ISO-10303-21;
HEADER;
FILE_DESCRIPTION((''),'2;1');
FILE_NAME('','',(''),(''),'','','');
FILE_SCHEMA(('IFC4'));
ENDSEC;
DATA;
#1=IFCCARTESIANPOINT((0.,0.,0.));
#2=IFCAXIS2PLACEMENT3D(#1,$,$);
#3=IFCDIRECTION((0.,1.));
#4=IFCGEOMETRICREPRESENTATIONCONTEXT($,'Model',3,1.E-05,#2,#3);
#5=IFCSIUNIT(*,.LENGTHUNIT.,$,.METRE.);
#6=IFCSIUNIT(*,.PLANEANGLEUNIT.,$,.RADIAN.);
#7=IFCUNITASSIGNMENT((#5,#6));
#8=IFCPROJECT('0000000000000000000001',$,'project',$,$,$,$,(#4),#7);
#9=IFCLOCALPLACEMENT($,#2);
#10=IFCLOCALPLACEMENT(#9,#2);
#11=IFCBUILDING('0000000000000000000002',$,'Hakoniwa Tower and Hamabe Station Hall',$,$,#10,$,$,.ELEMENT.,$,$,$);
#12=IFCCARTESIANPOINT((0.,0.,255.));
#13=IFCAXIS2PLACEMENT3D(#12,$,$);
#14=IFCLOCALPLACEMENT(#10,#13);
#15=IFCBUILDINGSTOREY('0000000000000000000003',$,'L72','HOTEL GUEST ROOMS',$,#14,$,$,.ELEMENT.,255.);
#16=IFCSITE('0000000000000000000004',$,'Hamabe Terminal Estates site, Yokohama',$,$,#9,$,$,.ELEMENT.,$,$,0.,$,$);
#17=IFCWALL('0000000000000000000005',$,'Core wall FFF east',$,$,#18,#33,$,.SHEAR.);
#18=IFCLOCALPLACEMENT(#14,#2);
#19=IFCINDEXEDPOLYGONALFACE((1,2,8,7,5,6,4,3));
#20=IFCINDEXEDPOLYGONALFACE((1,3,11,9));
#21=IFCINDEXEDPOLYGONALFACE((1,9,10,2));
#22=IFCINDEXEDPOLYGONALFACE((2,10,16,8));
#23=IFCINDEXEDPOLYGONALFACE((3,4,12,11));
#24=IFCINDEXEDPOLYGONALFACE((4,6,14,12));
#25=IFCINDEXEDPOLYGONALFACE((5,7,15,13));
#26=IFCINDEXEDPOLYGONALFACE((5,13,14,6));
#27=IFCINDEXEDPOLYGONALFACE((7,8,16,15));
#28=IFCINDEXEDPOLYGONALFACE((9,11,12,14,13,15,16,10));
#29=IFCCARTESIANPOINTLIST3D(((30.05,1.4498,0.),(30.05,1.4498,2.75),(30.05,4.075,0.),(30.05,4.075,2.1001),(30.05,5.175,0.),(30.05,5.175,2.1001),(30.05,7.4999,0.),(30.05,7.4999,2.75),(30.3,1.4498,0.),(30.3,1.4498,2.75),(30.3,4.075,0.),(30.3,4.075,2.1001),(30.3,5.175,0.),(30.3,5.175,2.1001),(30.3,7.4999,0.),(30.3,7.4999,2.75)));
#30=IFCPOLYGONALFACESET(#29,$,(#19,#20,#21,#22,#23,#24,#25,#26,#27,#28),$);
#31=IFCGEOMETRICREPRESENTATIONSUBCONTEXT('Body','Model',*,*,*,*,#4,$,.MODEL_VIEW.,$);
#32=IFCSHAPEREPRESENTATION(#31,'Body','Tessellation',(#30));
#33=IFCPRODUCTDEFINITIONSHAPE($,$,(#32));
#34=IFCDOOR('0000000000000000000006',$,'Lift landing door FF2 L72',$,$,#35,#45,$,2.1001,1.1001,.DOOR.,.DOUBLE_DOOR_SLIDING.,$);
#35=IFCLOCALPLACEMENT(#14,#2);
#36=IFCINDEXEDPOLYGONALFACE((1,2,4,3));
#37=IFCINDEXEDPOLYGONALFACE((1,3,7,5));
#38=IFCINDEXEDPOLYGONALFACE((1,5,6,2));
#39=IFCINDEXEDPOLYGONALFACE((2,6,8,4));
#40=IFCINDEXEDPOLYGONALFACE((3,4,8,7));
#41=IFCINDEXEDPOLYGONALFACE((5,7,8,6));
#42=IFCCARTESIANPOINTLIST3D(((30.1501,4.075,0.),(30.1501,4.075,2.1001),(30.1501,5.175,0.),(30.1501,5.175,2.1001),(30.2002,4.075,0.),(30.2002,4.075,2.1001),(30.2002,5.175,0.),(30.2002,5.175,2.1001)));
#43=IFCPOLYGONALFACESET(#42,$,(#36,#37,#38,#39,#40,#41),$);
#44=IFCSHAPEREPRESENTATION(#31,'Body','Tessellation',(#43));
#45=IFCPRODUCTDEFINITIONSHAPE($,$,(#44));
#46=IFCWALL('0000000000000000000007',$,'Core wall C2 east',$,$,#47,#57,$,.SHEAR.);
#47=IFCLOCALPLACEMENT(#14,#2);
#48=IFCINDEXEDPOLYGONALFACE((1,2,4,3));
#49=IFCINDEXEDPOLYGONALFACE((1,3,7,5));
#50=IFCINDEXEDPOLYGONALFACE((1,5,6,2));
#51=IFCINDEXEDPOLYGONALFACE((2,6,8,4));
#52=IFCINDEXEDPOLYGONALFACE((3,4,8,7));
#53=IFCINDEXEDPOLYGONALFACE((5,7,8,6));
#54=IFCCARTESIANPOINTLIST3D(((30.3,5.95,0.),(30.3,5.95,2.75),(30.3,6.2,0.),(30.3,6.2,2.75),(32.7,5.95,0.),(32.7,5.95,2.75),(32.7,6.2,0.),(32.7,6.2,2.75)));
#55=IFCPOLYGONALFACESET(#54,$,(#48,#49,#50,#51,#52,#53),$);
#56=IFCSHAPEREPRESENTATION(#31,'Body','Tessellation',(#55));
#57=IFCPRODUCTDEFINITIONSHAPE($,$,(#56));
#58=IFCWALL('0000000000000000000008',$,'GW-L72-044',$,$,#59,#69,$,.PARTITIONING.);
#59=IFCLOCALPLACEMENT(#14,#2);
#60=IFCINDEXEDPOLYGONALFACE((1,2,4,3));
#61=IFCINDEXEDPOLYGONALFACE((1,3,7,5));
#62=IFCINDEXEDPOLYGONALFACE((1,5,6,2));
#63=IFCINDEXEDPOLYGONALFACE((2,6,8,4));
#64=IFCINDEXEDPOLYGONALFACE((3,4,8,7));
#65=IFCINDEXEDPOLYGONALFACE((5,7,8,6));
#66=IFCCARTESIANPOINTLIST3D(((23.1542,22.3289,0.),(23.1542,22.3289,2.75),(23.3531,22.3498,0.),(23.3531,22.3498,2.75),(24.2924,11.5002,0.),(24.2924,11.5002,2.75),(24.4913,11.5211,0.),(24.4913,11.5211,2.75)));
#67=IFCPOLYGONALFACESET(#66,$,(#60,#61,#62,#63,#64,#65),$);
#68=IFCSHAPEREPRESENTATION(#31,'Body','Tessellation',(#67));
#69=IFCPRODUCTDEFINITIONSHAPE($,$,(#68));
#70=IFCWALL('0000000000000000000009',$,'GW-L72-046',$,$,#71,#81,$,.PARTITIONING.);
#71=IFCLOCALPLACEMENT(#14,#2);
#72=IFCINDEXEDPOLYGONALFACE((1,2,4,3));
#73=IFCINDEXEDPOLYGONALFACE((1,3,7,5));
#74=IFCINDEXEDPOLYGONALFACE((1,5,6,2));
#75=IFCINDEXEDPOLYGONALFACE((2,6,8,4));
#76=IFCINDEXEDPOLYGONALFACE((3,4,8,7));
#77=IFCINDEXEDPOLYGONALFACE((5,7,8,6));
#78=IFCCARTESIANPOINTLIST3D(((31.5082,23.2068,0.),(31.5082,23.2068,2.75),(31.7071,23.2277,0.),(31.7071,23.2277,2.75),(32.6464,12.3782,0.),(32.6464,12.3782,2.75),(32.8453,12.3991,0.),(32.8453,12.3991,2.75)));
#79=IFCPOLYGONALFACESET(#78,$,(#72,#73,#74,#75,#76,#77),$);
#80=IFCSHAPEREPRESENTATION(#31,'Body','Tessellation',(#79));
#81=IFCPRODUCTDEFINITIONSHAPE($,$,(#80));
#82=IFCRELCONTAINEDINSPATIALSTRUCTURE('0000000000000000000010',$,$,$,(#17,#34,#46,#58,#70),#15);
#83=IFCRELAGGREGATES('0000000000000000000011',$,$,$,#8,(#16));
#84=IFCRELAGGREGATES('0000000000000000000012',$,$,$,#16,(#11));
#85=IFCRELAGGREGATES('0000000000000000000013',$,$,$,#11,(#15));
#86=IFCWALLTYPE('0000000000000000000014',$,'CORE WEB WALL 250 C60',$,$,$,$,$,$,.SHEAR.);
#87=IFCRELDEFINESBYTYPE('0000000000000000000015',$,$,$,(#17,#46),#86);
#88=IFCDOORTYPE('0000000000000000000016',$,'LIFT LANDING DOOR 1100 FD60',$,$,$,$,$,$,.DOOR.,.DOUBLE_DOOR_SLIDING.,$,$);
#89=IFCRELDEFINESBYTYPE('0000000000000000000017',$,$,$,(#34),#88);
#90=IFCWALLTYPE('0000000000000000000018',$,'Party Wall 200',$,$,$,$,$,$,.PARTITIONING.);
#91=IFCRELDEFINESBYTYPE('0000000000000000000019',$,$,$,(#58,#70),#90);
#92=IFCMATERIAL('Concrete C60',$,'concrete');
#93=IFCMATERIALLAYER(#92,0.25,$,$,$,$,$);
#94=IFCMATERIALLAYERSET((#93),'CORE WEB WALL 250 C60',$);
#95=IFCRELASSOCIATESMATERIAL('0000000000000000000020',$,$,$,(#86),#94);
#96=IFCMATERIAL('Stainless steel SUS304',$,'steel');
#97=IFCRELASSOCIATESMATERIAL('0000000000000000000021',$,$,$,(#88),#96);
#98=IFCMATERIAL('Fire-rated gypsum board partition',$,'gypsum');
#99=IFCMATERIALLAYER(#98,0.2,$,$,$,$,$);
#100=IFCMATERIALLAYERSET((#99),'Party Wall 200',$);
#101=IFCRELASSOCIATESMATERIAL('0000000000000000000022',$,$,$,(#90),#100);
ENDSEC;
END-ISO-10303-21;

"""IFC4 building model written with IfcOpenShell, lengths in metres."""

from ifc_helpers import new_model, si_unit, direction, frame, frame_2d, origin, place, context, subcontext, project, spatial, rectangle, extrude, material, layer, layer_set, type_object, element, fill, save


model = new_model("IFC4")

# Units and contexts
model_context = context("Model", 3, precision=1e-05, world=origin(), true_north=direction((0.0, 1.0)))
body_context = subcontext(model_context, "Body", "Model", "MODEL_VIEW")
ifc_project = project(units=[si_unit("LENGTHUNIT", "METRE"), si_unit("PLANEANGLEUNIT", "RADIAN")], contexts=[model_context])

# Site, building, storey
site_placement = place(None, origin())
site = spatial("IfcSite", under=ifc_project, at=site_placement, Name="Hamabe Terminal Estates site, Yokohama", CompositionType="ELEMENT", RefElevation=0.0)
building_placement = place(site_placement, origin())
building = spatial("IfcBuilding", under=site, at=building_placement, Name="Hakoniwa Tower and Hamabe Station Hall", CompositionType="ELEMENT")
storey_placement = place(building_placement, frame((0.0, 0.0, 255.0)))
storey = spatial("IfcBuildingStorey", under=building, at=storey_placement, Name="L72", Description="HOTEL GUEST ROOMS", CompositionType="ELEMENT", Elevation=255.0)

# Shared definitions
ifc_material_1 = material(Name="Concrete C60", Category="concrete")
ifc_layer_1 = layer(ifc_material_1, 0.25)
ifc_layer_set_1 = layer_set([ifc_layer_1], Name="CORE WEB WALL 250 C60")
wall_type_1 = type_object("IfcWallType", Name="CORE WEB WALL 250 C60", PredefinedType="SHEAR", material=ifc_layer_set_1)

# Wall, opening, door
wall_1_placement = place(storey_placement, frame((30.175, 1.45, 0.0), z_axis=(0.0, 0.0, 1.0), x_axis=(0.0, 1.0, 0.0)))
wall_1 = element("IfcWall", 1, at=wall_1_placement, inside=storey, type_object=wall_type_1, Name="Core wall FFF east", PredefinedType="SHEAR", context=body_context, shape_type="SweptSolid", body=[
    extrude(rectangle(XDim=6.05, YDim=0.25, at=frame_2d((3.0249, 0.0))), origin(), (0.0, 0.0, 1.0), 2.75),
])
opening_1_placement = place(wall_1_placement, frame((2.625, 0.0, 0.0)))
opening_1 = element("IfcOpeningElement", 2, at=opening_1_placement, cuts=wall_1, PredefinedType="OPENING", context=body_context, shape_type="SweptSolid", body=[
    extrude(rectangle(XDim=1.1001, YDim=2.1001, at=frame_2d((0.55, 1.05))), frame((0.0, 0.135, 0.0), z_axis=(0.0, -1.0, 0.0), x_axis=(1.0, 0.0, 0.0)), (0.0, 0.0, 1.0), 0.27),
])
ifc_material_2 = material(Name="Stainless steel SUS304", Category="steel")
door_type_1 = type_object("IfcDoorType", Name="LIFT LANDING DOOR 1100 FD60", OperationType="DOUBLE_DOOR_SLIDING", PredefinedType="DOOR", material=ifc_material_2)
door_1_placement = place(opening_1_placement, origin())
door_1 = element("IfcDoor", 3, at=door_1_placement, inside=storey, type_object=door_type_1, Name="Lift landing door FF2 L72", OperationType="DOUBLE_DOOR_SLIDING", OverallHeight=2.1001, OverallWidth=1.1001, PredefinedType="DOOR", context=body_context, shape_type="SweptSolid", body=[
    extrude(rectangle(XDim=1.1001, YDim=2.1001, at=frame_2d((0.55, 1.05))), frame((0.0, 0.0249, 0.0), z_axis=(0.0, -1.0, 0.0), x_axis=(1.0, 0.0, 0.0)), (0.0, 0.0, 1.0), 0.05),
])
fill(opening_1, door_1)

# Walls
wall_2_placement = place(storey_placement, frame((30.3, 6.075, 0.0), z_axis=(0.0, 0.0, 1.0), x_axis=(1.0, 0.0, 0.0)))
element("IfcWall", 4, at=wall_2_placement, inside=storey, type_object=wall_type_1, Name="Core wall C2 east", PredefinedType="SHEAR", context=body_context, shape_type="SweptSolid", body=[
    extrude(rectangle(XDim=2.3999, YDim=0.25, at=frame_2d((1.2, 0.0))), origin(), (0.0, 0.0, 1.0), 2.75),
])
ifc_material_3 = material(Name="Fire-rated gypsum board partition", Category="gypsum")
ifc_layer_2 = layer(ifc_material_3, 0.2)
ifc_layer_set_2 = layer_set([ifc_layer_2], Name="Party Wall 200")
wall_type_2 = type_object("IfcWallType", Name="Party Wall 200", PredefinedType="PARTITIONING", material=ifc_layer_set_2)
wall_3_placement = place(storey_placement, frame((24.3918, 11.5105, 0.0), z_axis=(0.0, 0.0, 1.0), x_axis=(-0.104531, 0.994522, 0.0)))
element("IfcWall", 5, at=wall_3_placement, inside=storey, type_object=wall_type_2, Name="GW-L72-044", PredefinedType="PARTITIONING", context=body_context, shape_type="SweptSolid", body=[
    extrude(rectangle(XDim=10.8884, YDim=0.2, at=frame_2d((5.4443, 0.0))), origin(), (0.0, 0.0, 1.0), 2.75),
])
wall_4_placement = place(storey_placement, frame((32.7458, 12.3887, 0.0), z_axis=(0.0, 0.0, 1.0), x_axis=(-0.104533, 0.994521, 0.0)))
element("IfcWall", 6, at=wall_4_placement, inside=storey, type_object=wall_type_2, Name="GW-L72-046", PredefinedType="PARTITIONING", context=body_context, shape_type="SweptSolid", body=[
    extrude(rectangle(XDim=10.8882, YDim=0.2, at=frame_2d((5.4441, 0.0))), origin(), (0.0, 0.0, 1.0), 2.75),
])

save(model, "model.ifc")
